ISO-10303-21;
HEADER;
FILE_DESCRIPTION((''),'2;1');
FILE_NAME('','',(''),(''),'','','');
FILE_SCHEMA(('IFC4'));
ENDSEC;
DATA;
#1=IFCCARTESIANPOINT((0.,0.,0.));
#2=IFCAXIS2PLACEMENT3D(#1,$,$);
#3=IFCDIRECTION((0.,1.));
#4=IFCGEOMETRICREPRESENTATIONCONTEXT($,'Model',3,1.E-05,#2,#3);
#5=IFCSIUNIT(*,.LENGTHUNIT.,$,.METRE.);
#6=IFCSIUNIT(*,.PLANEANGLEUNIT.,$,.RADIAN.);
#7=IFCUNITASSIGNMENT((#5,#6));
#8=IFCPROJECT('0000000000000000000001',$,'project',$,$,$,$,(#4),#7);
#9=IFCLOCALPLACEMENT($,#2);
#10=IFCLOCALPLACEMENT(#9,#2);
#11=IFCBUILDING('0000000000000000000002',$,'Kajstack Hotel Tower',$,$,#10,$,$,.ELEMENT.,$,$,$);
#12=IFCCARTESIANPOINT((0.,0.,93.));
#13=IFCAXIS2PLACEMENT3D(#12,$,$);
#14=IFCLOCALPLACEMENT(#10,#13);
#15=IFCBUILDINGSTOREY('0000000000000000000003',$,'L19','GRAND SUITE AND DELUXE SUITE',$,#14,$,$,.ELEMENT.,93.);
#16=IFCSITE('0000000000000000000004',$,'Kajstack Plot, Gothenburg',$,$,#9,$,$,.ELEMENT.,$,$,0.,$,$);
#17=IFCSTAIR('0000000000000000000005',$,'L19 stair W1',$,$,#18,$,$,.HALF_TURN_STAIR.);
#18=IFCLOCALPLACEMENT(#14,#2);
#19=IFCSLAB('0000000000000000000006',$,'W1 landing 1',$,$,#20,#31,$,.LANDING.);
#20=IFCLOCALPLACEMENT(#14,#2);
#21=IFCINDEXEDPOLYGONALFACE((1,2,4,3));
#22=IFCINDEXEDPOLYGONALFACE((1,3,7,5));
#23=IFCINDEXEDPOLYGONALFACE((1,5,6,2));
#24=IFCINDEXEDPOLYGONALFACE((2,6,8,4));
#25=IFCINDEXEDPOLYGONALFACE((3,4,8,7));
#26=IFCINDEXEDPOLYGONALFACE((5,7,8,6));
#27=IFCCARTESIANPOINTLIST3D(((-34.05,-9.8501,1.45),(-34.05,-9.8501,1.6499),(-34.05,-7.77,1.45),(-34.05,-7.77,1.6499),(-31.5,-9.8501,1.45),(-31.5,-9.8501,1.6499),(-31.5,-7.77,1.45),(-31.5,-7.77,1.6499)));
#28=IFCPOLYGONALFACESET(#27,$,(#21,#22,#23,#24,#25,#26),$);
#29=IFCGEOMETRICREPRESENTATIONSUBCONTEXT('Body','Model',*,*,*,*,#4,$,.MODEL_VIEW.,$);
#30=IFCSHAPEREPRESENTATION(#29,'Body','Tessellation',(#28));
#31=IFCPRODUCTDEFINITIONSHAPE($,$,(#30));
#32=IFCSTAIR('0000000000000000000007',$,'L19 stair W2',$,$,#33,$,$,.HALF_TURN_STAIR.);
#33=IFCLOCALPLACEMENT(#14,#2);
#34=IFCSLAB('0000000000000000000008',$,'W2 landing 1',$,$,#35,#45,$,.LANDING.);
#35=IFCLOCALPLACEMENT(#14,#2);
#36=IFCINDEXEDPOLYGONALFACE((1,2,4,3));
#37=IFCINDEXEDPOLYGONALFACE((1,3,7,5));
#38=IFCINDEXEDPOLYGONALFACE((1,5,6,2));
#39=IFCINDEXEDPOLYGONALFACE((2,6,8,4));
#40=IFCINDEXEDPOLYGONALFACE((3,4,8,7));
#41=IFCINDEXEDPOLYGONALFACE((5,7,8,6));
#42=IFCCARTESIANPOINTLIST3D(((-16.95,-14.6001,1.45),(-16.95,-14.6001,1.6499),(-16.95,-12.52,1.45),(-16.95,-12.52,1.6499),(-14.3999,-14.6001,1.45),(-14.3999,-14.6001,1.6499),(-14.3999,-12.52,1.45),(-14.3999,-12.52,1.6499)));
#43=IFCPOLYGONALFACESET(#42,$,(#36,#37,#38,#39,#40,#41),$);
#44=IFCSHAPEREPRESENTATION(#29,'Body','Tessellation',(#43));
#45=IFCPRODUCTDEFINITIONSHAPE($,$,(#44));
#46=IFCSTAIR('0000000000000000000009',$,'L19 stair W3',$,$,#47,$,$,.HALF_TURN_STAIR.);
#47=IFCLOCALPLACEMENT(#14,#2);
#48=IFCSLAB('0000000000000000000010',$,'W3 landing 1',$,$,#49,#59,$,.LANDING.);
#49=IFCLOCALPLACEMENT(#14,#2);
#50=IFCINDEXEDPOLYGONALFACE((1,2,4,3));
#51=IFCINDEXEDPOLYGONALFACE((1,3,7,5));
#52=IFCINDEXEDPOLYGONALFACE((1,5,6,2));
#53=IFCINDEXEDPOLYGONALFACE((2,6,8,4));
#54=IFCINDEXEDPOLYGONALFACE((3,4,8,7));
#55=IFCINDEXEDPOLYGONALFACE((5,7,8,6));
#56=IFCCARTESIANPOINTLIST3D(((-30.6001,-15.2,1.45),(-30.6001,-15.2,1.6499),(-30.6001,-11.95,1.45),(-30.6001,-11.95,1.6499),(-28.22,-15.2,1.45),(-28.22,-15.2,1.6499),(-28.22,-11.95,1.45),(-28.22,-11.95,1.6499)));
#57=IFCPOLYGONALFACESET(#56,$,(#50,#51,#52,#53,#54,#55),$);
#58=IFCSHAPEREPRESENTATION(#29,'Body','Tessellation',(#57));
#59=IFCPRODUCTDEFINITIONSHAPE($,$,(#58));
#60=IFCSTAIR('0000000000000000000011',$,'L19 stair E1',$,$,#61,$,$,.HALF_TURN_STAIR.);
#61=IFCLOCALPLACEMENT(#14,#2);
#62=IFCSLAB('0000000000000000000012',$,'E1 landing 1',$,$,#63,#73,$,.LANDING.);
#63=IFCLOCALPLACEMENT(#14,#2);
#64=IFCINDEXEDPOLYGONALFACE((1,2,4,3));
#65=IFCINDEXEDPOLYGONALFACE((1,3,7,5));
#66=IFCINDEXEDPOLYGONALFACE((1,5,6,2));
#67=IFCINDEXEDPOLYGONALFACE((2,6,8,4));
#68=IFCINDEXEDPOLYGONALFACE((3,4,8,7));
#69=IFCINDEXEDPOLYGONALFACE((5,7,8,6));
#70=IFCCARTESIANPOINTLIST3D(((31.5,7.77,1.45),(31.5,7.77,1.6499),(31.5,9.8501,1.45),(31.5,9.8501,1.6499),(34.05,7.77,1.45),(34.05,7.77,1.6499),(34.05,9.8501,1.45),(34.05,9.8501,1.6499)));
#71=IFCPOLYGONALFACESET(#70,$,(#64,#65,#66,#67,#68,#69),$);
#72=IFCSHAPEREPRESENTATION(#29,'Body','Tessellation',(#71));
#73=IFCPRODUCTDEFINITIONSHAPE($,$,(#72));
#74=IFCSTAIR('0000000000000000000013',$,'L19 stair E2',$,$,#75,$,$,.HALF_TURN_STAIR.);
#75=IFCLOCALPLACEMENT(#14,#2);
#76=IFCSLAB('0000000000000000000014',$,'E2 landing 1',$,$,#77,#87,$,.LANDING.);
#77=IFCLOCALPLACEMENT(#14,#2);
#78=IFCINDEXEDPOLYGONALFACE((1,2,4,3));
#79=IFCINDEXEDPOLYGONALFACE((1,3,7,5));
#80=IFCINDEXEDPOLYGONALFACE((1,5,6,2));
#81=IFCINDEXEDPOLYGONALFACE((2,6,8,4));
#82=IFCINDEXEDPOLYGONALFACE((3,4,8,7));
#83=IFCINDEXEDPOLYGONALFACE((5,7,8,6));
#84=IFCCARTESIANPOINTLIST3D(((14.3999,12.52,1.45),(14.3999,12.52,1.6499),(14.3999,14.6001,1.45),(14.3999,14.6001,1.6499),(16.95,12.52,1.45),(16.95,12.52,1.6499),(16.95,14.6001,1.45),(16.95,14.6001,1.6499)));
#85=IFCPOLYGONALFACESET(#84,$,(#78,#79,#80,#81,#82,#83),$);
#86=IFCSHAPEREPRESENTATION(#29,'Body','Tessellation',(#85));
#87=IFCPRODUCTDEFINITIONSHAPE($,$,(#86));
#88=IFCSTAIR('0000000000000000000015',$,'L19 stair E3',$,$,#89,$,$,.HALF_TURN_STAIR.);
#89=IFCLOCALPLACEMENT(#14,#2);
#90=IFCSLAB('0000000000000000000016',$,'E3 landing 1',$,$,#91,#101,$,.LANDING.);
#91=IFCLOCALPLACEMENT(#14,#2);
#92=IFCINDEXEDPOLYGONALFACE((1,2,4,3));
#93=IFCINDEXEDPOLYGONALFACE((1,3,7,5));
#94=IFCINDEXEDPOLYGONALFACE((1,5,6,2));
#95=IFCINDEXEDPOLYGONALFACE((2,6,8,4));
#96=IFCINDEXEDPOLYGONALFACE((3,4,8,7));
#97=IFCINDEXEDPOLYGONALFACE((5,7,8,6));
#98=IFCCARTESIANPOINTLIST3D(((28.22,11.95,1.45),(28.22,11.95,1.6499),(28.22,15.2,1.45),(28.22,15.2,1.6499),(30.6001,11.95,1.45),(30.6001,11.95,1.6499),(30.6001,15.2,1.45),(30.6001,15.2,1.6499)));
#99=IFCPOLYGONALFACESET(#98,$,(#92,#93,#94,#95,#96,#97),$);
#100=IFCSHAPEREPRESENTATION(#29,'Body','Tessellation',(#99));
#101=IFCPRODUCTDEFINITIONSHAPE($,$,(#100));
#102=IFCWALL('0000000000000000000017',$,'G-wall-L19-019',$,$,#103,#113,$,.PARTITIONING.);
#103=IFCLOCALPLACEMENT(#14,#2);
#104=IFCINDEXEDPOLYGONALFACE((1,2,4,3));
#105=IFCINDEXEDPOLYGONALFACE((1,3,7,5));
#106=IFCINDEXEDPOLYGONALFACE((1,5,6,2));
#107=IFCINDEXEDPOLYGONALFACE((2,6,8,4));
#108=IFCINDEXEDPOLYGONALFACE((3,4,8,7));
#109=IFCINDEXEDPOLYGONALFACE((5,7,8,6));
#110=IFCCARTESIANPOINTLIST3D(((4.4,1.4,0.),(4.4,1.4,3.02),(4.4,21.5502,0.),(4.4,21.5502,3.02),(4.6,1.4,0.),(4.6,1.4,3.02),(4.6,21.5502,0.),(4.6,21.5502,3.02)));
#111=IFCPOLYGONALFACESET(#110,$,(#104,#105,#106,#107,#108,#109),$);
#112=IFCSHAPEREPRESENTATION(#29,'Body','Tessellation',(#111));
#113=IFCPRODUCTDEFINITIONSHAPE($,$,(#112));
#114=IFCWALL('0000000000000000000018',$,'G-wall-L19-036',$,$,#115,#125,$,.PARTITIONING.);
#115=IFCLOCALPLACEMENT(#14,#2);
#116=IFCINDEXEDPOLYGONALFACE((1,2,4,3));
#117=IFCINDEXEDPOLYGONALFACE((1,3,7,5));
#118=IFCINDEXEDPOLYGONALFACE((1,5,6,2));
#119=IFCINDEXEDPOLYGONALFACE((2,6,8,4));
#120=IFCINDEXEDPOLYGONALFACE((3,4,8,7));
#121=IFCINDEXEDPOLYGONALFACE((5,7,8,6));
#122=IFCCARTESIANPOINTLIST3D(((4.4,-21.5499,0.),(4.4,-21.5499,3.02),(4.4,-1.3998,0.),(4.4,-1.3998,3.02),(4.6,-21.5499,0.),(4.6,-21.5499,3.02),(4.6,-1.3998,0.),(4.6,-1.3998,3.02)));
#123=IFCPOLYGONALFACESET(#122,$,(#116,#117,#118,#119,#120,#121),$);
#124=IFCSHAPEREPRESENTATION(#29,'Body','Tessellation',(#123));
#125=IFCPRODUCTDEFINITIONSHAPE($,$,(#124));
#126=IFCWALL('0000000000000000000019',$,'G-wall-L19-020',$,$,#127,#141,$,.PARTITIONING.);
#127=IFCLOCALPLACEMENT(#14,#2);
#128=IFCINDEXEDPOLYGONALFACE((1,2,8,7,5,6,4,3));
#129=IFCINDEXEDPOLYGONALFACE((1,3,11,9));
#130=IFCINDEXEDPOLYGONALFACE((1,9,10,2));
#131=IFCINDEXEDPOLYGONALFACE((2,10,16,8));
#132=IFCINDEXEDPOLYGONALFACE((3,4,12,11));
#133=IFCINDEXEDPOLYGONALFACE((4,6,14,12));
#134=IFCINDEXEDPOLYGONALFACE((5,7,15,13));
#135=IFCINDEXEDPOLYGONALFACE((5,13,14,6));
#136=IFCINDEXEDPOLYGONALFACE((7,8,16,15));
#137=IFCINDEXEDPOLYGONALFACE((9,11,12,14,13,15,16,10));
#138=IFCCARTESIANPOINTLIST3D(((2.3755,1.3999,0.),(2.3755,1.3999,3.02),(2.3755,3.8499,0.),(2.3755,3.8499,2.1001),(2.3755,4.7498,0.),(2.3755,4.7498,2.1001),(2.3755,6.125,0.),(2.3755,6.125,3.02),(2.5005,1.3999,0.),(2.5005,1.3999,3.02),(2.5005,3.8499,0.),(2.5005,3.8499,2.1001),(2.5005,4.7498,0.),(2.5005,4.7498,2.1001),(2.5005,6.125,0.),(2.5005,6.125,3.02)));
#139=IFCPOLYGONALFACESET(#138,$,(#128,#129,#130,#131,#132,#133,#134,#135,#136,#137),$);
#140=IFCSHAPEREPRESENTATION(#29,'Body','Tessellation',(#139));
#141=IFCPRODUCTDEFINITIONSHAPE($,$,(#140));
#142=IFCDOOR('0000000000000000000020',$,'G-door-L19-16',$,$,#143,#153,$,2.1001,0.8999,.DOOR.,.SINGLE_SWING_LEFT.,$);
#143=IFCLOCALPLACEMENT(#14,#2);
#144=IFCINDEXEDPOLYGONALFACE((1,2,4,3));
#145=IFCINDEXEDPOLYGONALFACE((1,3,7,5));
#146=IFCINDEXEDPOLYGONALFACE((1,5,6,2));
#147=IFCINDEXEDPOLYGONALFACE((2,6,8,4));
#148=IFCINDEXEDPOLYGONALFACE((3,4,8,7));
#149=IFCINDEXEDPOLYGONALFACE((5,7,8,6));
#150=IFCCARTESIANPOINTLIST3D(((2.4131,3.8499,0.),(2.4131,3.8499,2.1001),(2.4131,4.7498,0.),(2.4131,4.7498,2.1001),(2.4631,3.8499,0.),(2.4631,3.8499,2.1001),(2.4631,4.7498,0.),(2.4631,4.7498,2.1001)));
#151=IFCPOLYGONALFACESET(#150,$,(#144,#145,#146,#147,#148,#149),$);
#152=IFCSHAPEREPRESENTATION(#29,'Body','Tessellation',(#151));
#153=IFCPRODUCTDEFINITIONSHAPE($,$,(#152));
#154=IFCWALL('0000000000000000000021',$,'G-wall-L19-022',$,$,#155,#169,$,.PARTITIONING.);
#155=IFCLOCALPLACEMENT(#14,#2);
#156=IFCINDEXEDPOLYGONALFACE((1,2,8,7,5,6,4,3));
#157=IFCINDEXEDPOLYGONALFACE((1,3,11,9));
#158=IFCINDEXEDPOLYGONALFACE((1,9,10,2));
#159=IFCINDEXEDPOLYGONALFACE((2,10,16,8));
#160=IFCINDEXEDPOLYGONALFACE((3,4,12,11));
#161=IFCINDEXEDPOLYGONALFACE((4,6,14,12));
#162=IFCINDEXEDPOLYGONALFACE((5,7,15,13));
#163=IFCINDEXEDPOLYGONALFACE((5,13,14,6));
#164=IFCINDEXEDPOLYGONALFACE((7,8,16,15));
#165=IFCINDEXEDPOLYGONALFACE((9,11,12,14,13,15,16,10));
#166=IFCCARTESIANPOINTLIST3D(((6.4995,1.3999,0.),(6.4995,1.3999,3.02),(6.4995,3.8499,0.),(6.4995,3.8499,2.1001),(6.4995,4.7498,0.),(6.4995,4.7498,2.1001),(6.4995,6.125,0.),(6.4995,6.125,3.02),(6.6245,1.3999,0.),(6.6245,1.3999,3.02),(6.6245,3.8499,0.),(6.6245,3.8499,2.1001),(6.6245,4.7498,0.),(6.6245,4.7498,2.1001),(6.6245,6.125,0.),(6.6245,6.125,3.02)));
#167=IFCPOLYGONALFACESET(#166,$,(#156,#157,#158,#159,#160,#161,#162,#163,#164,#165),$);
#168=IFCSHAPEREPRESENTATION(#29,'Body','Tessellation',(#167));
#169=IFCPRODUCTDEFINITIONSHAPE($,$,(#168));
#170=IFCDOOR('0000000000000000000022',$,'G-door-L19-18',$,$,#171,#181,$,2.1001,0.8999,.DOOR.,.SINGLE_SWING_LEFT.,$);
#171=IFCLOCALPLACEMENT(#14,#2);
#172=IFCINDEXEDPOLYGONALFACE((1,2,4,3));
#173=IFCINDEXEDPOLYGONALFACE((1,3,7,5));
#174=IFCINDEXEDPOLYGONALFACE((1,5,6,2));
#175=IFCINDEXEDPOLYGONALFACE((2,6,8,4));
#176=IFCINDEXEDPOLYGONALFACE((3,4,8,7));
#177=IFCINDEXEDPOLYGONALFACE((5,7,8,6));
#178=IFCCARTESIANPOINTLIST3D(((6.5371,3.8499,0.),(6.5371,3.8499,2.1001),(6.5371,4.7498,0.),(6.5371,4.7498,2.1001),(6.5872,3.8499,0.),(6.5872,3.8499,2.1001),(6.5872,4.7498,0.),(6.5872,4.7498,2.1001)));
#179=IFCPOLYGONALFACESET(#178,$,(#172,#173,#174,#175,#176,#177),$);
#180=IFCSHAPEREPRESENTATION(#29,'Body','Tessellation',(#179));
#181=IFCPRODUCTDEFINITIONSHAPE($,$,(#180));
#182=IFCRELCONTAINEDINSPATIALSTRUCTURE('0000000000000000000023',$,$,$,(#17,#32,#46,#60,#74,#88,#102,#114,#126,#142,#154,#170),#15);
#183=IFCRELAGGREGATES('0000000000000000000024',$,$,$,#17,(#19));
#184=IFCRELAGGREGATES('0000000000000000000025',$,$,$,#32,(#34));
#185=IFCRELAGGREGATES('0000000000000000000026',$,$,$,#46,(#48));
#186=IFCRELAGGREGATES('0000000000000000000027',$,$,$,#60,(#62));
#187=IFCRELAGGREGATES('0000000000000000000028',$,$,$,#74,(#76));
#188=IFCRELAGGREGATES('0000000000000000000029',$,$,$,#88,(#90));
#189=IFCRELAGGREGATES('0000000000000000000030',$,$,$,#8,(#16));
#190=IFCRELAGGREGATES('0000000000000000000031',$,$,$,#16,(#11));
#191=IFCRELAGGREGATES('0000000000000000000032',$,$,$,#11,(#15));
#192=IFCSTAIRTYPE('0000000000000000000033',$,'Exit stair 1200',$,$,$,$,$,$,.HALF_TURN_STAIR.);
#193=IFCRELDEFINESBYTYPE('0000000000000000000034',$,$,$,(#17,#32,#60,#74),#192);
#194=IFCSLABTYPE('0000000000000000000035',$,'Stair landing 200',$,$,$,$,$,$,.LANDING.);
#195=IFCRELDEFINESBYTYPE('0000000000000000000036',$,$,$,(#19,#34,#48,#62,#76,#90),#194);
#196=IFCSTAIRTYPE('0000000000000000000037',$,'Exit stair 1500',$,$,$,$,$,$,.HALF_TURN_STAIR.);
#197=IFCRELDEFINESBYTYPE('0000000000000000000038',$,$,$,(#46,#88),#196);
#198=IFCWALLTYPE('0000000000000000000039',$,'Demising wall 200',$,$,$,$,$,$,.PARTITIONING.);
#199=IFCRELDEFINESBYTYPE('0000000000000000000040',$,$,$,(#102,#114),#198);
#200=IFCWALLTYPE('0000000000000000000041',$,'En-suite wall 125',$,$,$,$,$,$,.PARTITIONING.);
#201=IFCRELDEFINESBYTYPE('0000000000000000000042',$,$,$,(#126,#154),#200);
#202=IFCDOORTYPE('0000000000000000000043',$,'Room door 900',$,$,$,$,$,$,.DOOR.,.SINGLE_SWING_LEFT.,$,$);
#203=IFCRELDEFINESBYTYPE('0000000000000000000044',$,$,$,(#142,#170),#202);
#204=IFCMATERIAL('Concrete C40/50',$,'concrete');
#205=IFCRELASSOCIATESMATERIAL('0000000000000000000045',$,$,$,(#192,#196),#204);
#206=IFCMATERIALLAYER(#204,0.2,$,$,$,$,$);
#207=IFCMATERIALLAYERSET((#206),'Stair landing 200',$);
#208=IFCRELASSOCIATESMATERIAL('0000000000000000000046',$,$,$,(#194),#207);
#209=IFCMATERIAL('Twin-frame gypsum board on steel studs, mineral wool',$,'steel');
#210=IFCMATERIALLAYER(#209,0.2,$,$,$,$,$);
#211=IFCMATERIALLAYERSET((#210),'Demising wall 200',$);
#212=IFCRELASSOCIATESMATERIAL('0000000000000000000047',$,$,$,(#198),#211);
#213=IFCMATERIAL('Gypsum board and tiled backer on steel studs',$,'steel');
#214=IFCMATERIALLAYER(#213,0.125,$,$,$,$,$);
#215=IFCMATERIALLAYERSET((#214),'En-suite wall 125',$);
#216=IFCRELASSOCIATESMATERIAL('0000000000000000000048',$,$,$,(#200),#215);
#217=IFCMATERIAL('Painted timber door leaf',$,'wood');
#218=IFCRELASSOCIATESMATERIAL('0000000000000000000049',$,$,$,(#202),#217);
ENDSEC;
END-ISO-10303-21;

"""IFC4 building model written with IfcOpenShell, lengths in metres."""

from ifc_helpers import new_model, si_unit, direction, frame, frame_2d, origin, place, context, subcontext, project, spatial, polyline, rectangle, outline, extrude, material, layer, layer_set, type_object, element, fill, aggregate, save


model = new_model("IFC4")

# Units and contexts
model_context = context("Model", 3, precision=1e-05, world=origin(), true_north=direction((0.0, 1.0)))
body_context = subcontext(model_context, "Body", "Model", "MODEL_VIEW")
ifc_project = project(units=[si_unit("LENGTHUNIT", "METRE"), si_unit("PLANEANGLEUNIT", "RADIAN")], contexts=[model_context])

# Site, building, storey
site_placement = place(None, origin())
site = spatial("IfcSite", under=ifc_project, at=site_placement, Name="Kajstack Plot, Gothenburg", CompositionType="ELEMENT", RefElevation=0.0)
building_placement = place(site_placement, origin())
building = spatial("IfcBuilding", under=site, at=building_placement, Name="Kajstack Hotel Tower", CompositionType="ELEMENT")
storey_placement = place(building_placement, frame((0.0, 0.0, 93.0)))
storey = spatial("IfcBuildingStorey", under=building, at=storey_placement, Name="L19", Description="GRAND SUITE AND DELUXE SUITE", CompositionType="ELEMENT", Elevation=93.0)

# Stairs, slabs
ifc_material_1 = material(Name="Concrete C40/50", Category="concrete")
stair_type_1 = type_object("IfcStairType", Name="Exit stair 1200", PredefinedType="HALF_TURN_STAIR", material=ifc_material_1)
stair_1_placement = place(storey_placement, origin())
stair_1 = element("IfcStair", 1, at=stair_1_placement, inside=storey, type_object=stair_type_1, Name="L19 stair W1", PredefinedType="HALF_TURN_STAIR")
ifc_layer_1 = layer(ifc_material_1, 0.2)
ifc_layer_set_1 = layer_set([ifc_layer_1], Name="Stair landing 200")
slab_type = type_object("IfcSlabType", Name="Stair landing 200", PredefinedType="LANDING", material=ifc_layer_set_1)
slab_1_placement = place(storey_placement, frame((0.0, 0.0, 1.45)))
slab_1 = element("IfcSlab", 2, at=slab_1_placement, type_object=slab_type, Name="W1 landing 1", PredefinedType="LANDING", context=body_context, shape_type="SweptSolid", body=[
    extrude(outline(polyline([(-34.05, -7.77), (-34.05, -9.8501), (-31.5, -9.8501), (-31.5, -7.77), (-34.05, -7.77)])), origin(), (0.0, 0.0, 1.0), 0.2),
])
aggregate(stair_1, [slab_1])
stair_2_placement = place(storey_placement, origin())
stair_2 = element("IfcStair", 3, at=stair_2_placement, inside=storey, type_object=stair_type_1, Name="L19 stair W2", PredefinedType="HALF_TURN_STAIR")
slab_2_placement = place(storey_placement, frame((0.0, 0.0, 1.45)))
slab_2 = element("IfcSlab", 4, at=slab_2_placement, type_object=slab_type, Name="W2 landing 1", PredefinedType="LANDING", context=body_context, shape_type="SweptSolid", body=[
    extrude(outline(polyline([(-16.95, -12.52), (-16.95, -14.6001), (-14.3999, -14.6001), (-14.3999, -12.52), (-16.95, -12.52)])), origin(), (0.0, 0.0, 1.0), 0.2),
])
aggregate(stair_2, [slab_2])
stair_type_2 = type_object("IfcStairType", Name="Exit stair 1500", PredefinedType="HALF_TURN_STAIR", material=ifc_material_1)
stair_3_placement = place(storey_placement, origin())
stair_3 = element("IfcStair", 5, at=stair_3_placement, inside=storey, type_object=stair_type_2, Name="L19 stair W3", PredefinedType="HALF_TURN_STAIR")
slab_3_placement = place(storey_placement, frame((0.0, 0.0, 1.45)))
slab_3 = element("IfcSlab", 6, at=slab_3_placement, type_object=slab_type, Name="W3 landing 1", PredefinedType="LANDING", context=body_context, shape_type="SweptSolid", body=[
    extrude(outline(polyline([(-28.22, -11.95), (-30.6001, -11.95), (-30.6001, -15.2), (-28.22, -15.2), (-28.22, -11.95)])), origin(), (0.0, 0.0, 1.0), 0.2),
])
aggregate(stair_3, [slab_3])
stair_4_placement = place(storey_placement, origin())
stair_4 = element("IfcStair", 7, at=stair_4_placement, inside=storey, type_object=stair_type_1, Name="L19 stair E1", PredefinedType="HALF_TURN_STAIR")
slab_4_placement = place(storey_placement, frame((0.0, 0.0, 1.45)))
slab_4 = element("IfcSlab", 8, at=slab_4_placement, type_object=slab_type, Name="E1 landing 1", PredefinedType="LANDING", context=body_context, shape_type="SweptSolid", body=[
    extrude(outline(polyline([(34.05, 7.77), (34.05, 9.8501), (31.5, 9.8501), (31.5, 7.77), (34.05, 7.77)])), origin(), (0.0, 0.0, 1.0), 0.2),
])
aggregate(stair_4, [slab_4])
stair_5_placement = place(storey_placement, origin())
stair_5 = element("IfcStair", 9, at=stair_5_placement, inside=storey, type_object=stair_type_1, Name="L19 stair E2", PredefinedType="HALF_TURN_STAIR")
slab_5_placement = place(storey_placement, frame((0.0, 0.0, 1.45)))
slab_5 = element("IfcSlab", 10, at=slab_5_placement, type_object=slab_type, Name="E2 landing 1", PredefinedType="LANDING", context=body_context, shape_type="SweptSolid", body=[
    extrude(outline(polyline([(16.95, 12.52), (16.95, 14.6001), (14.3999, 14.6001), (14.3999, 12.52), (16.95, 12.52)])), origin(), (0.0, 0.0, 1.0), 0.2),
])
aggregate(stair_5, [slab_5])
stair_6_placement = place(storey_placement, origin())
stair_6 = element("IfcStair", 11, at=stair_6_placement, inside=storey, type_object=stair_type_2, Name="L19 stair E3", PredefinedType="HALF_TURN_STAIR")
slab_6_placement = place(storey_placement, frame((0.0, 0.0, 1.45)))
slab_6 = element("IfcSlab", 12, at=slab_6_placement, type_object=slab_type, Name="E3 landing 1", PredefinedType="LANDING", context=body_context, shape_type="SweptSolid", body=[
    extrude(outline(polyline([(28.22, 11.95), (30.6001, 11.95), (30.6001, 15.2), (28.22, 15.2), (28.22, 11.95)])), origin(), (0.0, 0.0, 1.0), 0.2),
])
aggregate(stair_6, [slab_6])

# Walls
ifc_material_2 = material(Name="Twin-frame gypsum board on steel studs, mineral wool", Category="steel")
ifc_layer_2 = layer(ifc_material_2, 0.2)
ifc_layer_set_2 = layer_set([ifc_layer_2], Name="Demising wall 200")
wall_type_1 = type_object("IfcWallType", Name="Demising wall 200", PredefinedType="PARTITIONING", material=ifc_layer_set_2)
for number, where, z_axis, x_axis, name in (
    (13, (4.5, 1.3999, 0.0), (0.0, 0.0, 1.0), (0.0, 1.0, 0.0), "G-wall-L19-019"),
    (14, (4.5, -21.55, 0.0), (0.0, 0.0, 1.0), (0.0, 1.0, 0.0), "G-wall-L19-036"),
):
    element("IfcWall", number, at=place(storey_placement, frame(where, z_axis=z_axis, x_axis=x_axis)), inside=storey, type_object=wall_type_1, Name=name, PredefinedType="PARTITIONING", context=body_context, shape_type="SweptSolid", body=[
        extrude(rectangle(XDim=20.1501, YDim=0.2, at=frame_2d((10.0752, 0.0))), origin(), (0.0, 0.0, 1.0), 3.02),
    ])

# Walls, openings, doors
ifc_material_3 = material(Name="Gypsum board and tiled backer on steel studs", Category="steel")
ifc_layer_3 = layer(ifc_material_3, 0.125)
ifc_layer_set_3 = layer_set([ifc_layer_3], Name="En-suite wall 125")
wall_type_2 = type_object("IfcWallType", Name="En-suite wall 125", PredefinedType="PARTITIONING", material=ifc_layer_set_3)
wall_1_placement = place(storey_placement, frame((2.438, 1.3999, 0.0), z_axis=(0.0, 0.0, 1.0), x_axis=(0.0, 1.0, 0.0)))
wall_1 = element("IfcWall", 15, at=wall_1_placement, inside=storey, type_object=wall_type_2, Name="G-wall-L19-020", PredefinedType="PARTITIONING", context=body_context, shape_type="SweptSolid", body=[
    extrude(rectangle(XDim=4.7251, YDim=0.125, at=frame_2d((2.3625, 0.0))), origin(), (0.0, 0.0, 1.0), 3.02),
])
opening_1_placement = place(wall_1_placement, frame((2.45, 0.0, 0.0)))
opening_1 = element("IfcOpeningElement", 16, at=opening_1_placement, cuts=wall_1, PredefinedType="OPENING", context=body_context, shape_type="SweptSolid", body=[
    extrude(rectangle(XDim=0.8999, YDim=2.1001, at=frame_2d((0.45, 1.05))), frame((0.0, 0.0725, 0.0), z_axis=(0.0, -1.0, 0.0), x_axis=(1.0, 0.0, 0.0)), (0.0, 0.0, 1.0), 0.145),
])
ifc_material_4 = material(Name="Painted timber door leaf", Category="wood")
door_type_1 = type_object("IfcDoorType", Name="Room door 900", OperationType="SINGLE_SWING_LEFT", PredefinedType="DOOR", material=ifc_material_4)
door_1_placement = place(opening_1_placement, origin())
door_1 = element("IfcDoor", 17, at=door_1_placement, inside=storey, type_object=door_type_1, Name="G-door-L19-16", OperationType="SINGLE_SWING_LEFT", OverallHeight=2.1001, OverallWidth=0.8999, PredefinedType="DOOR", context=body_context, shape_type="SweptSolid", body=[
    extrude(rectangle(XDim=0.8999, YDim=2.1001, at=frame_2d((0.45, 1.05))), frame((0.0, 0.0249, 0.0), z_axis=(0.0, -1.0, 0.0), x_axis=(1.0, 0.0, 0.0)), (0.0, 0.0, 1.0), 0.05),
])
fill(opening_1, door_1)
wall_2_placement = place(storey_placement, frame((6.562, 1.3999, 0.0), z_axis=(0.0, 0.0, 1.0), x_axis=(0.0, 1.0, 0.0)))
wall_2 = element("IfcWall", 18, at=wall_2_placement, inside=storey, type_object=wall_type_2, Name="G-wall-L19-022", PredefinedType="PARTITIONING", context=body_context, shape_type="SweptSolid", body=[
    extrude(rectangle(XDim=4.7251, YDim=0.125, at=frame_2d((2.3625, 0.0))), origin(), (0.0, 0.0, 1.0), 3.02),
])
opening_2_placement = place(wall_2_placement, frame((2.45, 0.0, 0.0)))
opening_2 = element("IfcOpeningElement", 19, at=opening_2_placement, cuts=wall_2, PredefinedType="OPENING", context=body_context, shape_type="SweptSolid", body=[
    extrude(rectangle(XDim=0.8999, YDim=2.1001, at=frame_2d((0.45, 1.05))), frame((0.0, 0.0725, 0.0), z_axis=(0.0, -1.0, 0.0), x_axis=(1.0, 0.0, 0.0)), (0.0, 0.0, 1.0), 0.145),
])
door_2_placement = place(opening_2_placement, origin())
door_2 = element("IfcDoor", 20, at=door_2_placement, inside=storey, type_object=door_type_1, Name="G-door-L19-18", OperationType="SINGLE_SWING_LEFT", OverallHeight=2.1001, OverallWidth=0.8999, PredefinedType="DOOR", context=body_context, shape_type="SweptSolid", body=[
    extrude(rectangle(XDim=0.8999, YDim=2.1001, at=frame_2d((0.45, 1.05))), frame((0.0, 0.0249, 0.0), z_axis=(0.0, -1.0, 0.0), x_axis=(1.0, 0.0, 0.0)), (0.0, 0.0, 1.0), 0.05),
])
fill(opening_2, door_2)

save(model, "model.ifc")
